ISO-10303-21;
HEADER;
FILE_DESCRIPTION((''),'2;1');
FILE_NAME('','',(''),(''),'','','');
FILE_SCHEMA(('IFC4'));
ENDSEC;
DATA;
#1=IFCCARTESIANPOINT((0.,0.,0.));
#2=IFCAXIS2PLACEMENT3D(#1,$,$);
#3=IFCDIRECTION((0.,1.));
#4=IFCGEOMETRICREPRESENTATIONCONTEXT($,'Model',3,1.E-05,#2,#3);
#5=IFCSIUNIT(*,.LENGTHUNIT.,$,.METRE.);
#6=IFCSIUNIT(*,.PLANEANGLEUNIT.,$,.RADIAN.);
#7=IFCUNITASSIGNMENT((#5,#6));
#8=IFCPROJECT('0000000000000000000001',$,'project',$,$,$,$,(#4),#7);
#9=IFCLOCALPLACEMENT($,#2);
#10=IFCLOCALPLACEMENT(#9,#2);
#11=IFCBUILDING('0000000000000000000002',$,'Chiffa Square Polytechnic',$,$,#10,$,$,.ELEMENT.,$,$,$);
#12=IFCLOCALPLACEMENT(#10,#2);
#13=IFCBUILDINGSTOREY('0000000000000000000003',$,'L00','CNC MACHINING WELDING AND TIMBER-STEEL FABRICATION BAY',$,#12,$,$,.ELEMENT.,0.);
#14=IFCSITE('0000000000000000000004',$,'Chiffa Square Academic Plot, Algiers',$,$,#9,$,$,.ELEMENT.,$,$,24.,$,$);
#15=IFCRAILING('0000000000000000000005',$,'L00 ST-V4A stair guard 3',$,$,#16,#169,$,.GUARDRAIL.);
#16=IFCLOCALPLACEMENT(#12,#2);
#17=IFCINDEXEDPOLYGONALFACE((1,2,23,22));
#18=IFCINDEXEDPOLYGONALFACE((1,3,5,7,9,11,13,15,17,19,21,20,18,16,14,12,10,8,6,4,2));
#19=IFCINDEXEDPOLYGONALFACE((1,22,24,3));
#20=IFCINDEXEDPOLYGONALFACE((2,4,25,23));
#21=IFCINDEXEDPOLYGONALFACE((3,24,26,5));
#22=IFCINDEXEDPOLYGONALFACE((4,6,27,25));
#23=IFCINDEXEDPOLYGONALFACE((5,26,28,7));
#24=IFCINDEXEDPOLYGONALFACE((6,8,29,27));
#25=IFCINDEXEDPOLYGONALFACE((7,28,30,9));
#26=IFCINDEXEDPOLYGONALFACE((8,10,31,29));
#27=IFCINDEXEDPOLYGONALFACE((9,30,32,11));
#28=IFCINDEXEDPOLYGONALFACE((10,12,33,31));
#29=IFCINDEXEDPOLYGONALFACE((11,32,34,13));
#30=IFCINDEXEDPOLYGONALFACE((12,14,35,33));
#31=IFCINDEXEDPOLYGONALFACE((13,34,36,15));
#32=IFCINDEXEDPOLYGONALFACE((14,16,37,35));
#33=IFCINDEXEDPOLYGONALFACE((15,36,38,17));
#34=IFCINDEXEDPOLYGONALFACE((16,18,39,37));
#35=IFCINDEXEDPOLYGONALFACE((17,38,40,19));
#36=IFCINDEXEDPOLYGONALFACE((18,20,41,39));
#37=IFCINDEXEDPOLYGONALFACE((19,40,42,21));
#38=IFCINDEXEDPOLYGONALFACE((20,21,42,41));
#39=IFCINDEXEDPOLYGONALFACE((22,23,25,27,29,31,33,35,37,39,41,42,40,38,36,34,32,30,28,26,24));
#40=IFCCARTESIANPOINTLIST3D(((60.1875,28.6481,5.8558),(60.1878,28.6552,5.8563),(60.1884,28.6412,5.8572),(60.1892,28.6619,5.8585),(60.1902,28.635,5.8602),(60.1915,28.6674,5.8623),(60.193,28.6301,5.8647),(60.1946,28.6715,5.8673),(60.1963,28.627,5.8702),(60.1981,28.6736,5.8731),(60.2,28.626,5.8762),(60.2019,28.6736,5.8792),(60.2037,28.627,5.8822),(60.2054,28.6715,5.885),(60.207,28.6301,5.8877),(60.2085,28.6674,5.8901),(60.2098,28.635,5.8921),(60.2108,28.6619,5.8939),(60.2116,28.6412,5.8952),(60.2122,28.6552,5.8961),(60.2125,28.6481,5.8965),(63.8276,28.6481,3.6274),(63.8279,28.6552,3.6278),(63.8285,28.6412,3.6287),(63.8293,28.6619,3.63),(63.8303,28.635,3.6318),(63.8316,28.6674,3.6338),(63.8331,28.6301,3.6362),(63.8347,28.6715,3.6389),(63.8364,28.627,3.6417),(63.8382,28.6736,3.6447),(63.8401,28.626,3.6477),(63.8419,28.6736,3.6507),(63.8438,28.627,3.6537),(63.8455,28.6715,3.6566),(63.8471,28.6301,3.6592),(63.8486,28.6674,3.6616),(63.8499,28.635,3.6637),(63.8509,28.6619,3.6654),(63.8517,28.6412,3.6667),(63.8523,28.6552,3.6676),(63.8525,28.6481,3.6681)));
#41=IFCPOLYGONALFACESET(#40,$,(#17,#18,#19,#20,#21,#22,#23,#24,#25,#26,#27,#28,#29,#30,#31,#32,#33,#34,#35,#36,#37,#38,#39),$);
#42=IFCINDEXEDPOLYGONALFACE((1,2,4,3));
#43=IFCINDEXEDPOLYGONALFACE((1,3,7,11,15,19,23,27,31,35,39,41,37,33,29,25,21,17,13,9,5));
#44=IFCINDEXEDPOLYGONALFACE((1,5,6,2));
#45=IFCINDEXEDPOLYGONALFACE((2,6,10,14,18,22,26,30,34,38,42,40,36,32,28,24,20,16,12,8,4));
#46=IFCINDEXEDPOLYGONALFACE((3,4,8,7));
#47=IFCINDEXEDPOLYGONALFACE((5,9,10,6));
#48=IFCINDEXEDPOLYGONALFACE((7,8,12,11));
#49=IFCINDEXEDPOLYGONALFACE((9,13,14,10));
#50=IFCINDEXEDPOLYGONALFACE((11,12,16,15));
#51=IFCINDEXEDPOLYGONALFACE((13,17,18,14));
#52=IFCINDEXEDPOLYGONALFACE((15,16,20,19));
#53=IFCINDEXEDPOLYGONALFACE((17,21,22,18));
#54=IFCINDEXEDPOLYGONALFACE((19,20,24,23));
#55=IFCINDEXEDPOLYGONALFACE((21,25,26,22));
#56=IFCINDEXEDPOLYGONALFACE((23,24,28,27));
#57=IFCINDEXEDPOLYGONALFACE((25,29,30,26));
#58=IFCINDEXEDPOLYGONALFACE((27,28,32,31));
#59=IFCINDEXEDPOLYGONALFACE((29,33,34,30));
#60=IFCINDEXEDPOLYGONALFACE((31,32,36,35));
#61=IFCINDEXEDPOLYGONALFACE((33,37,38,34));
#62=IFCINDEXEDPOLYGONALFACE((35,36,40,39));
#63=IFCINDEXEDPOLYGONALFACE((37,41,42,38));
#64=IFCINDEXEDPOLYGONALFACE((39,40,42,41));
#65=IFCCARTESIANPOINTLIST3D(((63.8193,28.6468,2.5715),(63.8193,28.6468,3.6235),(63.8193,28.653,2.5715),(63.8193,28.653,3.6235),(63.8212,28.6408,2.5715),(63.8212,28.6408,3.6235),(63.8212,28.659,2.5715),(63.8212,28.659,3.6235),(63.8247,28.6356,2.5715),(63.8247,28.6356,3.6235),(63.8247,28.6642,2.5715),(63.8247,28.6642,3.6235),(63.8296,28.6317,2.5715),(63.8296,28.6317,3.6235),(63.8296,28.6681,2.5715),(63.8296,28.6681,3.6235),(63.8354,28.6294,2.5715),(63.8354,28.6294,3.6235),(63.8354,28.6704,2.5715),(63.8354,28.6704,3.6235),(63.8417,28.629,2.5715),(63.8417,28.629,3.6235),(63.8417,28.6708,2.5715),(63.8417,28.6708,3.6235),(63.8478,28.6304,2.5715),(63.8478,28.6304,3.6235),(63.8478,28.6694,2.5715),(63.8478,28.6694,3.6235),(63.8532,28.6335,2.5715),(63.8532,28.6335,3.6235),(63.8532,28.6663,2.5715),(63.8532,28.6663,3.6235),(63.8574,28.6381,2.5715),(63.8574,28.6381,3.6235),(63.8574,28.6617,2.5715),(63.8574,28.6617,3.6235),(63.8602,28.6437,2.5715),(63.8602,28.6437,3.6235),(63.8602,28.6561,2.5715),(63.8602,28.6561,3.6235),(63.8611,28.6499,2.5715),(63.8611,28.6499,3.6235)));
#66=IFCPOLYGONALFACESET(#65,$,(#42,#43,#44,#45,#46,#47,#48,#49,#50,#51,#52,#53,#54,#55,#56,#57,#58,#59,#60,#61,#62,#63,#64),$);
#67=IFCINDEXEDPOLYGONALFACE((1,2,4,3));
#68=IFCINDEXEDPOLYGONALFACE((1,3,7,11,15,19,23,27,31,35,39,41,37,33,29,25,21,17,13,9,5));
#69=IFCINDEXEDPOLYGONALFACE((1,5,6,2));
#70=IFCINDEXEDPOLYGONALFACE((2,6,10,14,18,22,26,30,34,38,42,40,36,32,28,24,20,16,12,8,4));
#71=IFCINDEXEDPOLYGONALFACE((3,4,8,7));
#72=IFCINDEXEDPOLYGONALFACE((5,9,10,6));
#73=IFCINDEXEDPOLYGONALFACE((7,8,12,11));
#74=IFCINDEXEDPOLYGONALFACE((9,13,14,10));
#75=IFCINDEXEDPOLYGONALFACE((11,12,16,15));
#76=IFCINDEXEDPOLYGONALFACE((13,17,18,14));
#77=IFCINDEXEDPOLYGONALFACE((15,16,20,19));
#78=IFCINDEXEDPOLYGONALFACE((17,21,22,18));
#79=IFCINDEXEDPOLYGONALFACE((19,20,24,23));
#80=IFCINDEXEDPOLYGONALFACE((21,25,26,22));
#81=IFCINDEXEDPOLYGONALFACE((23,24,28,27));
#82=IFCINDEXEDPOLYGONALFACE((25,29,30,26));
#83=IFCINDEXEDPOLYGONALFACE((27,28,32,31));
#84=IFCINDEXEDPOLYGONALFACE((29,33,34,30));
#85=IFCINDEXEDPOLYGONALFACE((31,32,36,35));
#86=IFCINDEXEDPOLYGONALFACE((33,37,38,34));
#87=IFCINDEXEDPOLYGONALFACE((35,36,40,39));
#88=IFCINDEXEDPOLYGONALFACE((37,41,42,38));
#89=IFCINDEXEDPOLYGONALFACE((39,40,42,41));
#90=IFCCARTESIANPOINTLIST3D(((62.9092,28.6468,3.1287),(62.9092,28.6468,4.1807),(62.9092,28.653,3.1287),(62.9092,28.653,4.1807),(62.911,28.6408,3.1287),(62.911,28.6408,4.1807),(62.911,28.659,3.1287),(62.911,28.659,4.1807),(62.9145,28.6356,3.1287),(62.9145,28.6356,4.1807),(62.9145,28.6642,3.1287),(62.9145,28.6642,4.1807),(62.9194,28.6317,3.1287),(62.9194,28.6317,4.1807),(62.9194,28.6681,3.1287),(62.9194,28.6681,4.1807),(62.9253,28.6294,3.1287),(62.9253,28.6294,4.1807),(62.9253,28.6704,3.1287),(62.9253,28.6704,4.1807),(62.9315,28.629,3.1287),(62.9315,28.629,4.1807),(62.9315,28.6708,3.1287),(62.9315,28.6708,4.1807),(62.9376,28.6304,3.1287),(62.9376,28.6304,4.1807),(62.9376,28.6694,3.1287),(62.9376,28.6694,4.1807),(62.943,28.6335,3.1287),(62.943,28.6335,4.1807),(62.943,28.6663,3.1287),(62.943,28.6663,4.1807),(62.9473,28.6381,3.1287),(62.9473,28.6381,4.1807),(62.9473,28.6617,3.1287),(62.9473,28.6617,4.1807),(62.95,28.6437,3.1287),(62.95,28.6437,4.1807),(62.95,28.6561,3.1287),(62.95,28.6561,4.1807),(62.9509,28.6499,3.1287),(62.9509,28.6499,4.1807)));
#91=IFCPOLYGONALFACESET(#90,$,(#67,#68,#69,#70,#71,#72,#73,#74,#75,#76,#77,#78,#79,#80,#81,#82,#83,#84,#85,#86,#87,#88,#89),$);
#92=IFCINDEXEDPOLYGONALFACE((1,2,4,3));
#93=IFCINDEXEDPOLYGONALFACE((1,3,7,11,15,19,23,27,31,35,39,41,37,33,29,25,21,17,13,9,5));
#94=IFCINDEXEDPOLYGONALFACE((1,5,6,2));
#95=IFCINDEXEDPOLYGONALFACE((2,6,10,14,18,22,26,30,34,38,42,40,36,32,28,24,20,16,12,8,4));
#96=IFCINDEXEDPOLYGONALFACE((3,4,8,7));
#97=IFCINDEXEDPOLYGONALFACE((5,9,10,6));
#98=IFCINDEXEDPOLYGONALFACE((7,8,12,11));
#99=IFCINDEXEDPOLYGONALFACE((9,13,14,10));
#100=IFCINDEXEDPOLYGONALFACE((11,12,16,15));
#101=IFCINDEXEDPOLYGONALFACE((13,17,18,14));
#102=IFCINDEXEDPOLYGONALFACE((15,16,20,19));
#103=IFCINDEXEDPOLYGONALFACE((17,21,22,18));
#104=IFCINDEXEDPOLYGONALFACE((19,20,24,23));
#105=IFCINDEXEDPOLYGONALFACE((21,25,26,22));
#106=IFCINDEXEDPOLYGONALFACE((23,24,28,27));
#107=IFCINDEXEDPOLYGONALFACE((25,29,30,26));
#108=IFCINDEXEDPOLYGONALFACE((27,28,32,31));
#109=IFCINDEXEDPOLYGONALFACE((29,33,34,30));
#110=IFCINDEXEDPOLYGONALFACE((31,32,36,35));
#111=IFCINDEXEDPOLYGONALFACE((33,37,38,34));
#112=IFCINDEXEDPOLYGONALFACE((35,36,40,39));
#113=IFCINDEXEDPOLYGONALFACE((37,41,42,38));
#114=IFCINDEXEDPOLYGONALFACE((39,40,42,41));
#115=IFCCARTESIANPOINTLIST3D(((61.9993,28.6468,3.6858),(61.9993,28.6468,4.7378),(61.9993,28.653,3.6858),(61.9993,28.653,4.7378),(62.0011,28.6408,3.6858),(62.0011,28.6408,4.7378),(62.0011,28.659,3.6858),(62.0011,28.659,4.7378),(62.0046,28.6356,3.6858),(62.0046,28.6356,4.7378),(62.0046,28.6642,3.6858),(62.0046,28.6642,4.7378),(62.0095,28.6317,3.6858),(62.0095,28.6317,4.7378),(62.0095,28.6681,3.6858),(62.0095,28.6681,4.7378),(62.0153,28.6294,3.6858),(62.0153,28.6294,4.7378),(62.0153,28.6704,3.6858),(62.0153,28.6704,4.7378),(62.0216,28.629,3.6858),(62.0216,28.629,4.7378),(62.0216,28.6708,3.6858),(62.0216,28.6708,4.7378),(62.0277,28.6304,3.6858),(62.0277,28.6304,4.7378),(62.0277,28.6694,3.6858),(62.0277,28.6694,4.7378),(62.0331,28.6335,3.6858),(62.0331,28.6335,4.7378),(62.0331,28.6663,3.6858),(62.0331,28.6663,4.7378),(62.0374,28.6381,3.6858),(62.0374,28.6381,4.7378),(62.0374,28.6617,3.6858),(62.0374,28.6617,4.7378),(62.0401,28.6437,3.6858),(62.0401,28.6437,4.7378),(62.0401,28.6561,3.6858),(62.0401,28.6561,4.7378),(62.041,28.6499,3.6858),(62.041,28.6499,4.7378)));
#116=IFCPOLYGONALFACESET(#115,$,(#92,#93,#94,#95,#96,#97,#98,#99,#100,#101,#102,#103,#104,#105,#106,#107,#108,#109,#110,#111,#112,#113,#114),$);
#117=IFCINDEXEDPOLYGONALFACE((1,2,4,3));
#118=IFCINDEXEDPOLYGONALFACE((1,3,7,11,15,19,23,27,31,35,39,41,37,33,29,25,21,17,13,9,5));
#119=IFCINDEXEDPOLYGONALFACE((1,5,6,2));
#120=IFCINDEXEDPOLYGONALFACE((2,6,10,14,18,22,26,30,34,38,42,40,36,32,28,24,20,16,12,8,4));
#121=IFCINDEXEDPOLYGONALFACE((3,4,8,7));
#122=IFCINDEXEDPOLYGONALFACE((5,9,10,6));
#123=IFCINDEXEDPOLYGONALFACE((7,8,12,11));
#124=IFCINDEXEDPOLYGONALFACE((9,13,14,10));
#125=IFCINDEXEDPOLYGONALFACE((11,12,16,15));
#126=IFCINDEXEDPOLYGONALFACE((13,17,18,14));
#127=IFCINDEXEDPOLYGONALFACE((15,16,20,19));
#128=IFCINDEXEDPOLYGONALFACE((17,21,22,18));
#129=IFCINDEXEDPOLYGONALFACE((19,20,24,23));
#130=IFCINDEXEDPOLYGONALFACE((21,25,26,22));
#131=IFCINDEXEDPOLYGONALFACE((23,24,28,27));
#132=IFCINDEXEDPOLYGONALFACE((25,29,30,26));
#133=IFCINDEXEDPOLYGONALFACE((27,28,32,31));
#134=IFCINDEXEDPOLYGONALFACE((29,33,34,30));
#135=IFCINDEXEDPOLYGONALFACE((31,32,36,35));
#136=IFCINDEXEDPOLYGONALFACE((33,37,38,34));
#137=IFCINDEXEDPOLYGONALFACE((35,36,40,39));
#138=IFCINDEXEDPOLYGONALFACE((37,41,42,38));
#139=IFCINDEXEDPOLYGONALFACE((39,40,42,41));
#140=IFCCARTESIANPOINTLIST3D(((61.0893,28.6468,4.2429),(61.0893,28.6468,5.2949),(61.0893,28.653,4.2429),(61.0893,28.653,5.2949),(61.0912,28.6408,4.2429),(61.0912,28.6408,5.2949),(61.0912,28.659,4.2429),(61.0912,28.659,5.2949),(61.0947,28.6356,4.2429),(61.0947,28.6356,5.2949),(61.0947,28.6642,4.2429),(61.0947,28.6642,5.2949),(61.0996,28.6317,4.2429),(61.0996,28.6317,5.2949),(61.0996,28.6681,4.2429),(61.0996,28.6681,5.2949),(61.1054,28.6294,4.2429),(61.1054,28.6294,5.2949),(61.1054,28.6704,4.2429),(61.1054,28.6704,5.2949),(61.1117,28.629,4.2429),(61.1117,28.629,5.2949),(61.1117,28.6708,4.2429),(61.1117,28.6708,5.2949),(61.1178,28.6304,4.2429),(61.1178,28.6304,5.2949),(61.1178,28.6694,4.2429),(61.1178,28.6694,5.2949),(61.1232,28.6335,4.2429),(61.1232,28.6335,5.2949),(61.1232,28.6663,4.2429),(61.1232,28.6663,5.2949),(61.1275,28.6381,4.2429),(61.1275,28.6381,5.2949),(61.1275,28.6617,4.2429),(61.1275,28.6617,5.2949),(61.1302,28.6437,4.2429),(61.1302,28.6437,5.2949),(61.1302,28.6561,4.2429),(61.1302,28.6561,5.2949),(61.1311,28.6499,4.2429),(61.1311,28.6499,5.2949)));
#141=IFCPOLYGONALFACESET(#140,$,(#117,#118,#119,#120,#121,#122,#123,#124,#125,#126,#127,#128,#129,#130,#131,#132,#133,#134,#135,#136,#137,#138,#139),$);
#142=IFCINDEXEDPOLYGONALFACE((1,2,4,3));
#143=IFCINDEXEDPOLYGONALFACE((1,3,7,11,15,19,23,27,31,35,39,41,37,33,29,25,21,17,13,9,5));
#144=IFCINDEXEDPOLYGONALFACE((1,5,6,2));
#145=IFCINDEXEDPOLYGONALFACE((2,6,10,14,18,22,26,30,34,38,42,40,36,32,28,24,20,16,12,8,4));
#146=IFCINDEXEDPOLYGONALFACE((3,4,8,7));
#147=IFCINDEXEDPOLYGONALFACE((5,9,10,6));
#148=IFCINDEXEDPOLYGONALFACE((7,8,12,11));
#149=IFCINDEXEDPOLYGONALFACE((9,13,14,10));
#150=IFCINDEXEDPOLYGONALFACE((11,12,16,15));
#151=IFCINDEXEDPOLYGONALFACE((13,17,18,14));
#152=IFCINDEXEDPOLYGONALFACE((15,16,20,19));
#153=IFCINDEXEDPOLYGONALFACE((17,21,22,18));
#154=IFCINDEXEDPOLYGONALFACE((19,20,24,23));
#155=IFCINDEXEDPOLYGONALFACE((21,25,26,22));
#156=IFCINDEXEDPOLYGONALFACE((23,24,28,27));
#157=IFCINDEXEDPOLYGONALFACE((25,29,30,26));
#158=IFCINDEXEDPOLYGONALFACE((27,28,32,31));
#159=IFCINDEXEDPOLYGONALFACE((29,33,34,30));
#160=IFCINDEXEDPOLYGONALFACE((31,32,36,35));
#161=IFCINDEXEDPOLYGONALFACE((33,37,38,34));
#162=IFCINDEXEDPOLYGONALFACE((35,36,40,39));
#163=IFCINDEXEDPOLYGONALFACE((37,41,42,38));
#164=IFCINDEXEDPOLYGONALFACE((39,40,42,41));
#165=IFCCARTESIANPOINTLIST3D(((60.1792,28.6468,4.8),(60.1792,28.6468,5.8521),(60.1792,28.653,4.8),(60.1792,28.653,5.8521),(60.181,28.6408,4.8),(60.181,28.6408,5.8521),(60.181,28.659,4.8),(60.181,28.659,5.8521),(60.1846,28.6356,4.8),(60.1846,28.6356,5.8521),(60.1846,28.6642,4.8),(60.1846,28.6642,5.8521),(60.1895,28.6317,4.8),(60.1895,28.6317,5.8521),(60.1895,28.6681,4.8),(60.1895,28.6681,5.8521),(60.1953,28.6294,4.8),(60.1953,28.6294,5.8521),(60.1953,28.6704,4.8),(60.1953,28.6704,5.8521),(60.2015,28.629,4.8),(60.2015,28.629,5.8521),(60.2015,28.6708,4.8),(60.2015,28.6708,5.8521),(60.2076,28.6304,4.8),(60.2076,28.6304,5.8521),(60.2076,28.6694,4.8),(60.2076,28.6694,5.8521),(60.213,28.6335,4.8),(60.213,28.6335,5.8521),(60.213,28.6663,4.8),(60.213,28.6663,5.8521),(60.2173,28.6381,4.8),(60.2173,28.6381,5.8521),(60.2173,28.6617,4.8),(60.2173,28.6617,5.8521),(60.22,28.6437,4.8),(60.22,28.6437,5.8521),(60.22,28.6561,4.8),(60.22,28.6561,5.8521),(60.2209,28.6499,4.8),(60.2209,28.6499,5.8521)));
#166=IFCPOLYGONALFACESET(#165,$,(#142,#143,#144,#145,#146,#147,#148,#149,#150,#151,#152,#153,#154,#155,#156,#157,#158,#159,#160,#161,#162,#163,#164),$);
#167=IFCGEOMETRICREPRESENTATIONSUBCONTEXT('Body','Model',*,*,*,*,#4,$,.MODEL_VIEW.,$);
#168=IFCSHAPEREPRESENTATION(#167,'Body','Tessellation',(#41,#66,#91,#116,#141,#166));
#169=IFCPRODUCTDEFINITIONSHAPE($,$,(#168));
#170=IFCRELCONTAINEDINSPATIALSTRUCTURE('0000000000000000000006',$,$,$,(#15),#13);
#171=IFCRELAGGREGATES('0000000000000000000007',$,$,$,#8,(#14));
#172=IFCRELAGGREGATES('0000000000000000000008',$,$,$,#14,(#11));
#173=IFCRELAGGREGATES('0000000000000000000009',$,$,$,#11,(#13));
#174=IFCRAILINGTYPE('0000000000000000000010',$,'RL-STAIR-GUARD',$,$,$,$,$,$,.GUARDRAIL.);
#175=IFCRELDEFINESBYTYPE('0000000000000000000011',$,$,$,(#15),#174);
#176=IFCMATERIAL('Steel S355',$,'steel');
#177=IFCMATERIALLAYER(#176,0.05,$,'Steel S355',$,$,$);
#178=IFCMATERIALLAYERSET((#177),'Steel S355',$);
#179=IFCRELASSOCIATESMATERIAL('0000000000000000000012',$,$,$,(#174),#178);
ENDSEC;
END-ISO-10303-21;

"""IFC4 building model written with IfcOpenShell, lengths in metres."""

from ifc_helpers import new_model, si_unit, direction, frame, origin, origin_2d, place, context, subcontext, project, spatial, circle, extrude, material, layer, layer_set, type_object, element, save


model = new_model("IFC4")

# Units and contexts
model_context = context("Model", 3, precision=1e-05, world=origin(), true_north=direction((0.0, 1.0)))
body_context = subcontext(model_context, "Body", "Model", "MODEL_VIEW")
ifc_project = project(units=[si_unit("LENGTHUNIT", "METRE"), si_unit("PLANEANGLEUNIT", "RADIAN")], contexts=[model_context])

# Site, building, storey
site_placement = place(None, origin())
site = spatial("IfcSite", under=ifc_project, at=site_placement, Name="Chiffa Square Academic Plot, Algiers", CompositionType="ELEMENT", RefElevation=24.0)
building_placement = place(site_placement, origin())
building = spatial("IfcBuilding", under=site, at=building_placement, Name="Chiffa Square Polytechnic", CompositionType="ELEMENT")
storey_placement = place(building_placement, origin())
storey = spatial("IfcBuildingStorey", under=building, at=storey_placement, Name="L00", Description="CNC MACHINING WELDING AND TIMBER-STEEL FABRICATION BAY", CompositionType="ELEMENT", Elevation=0.0)

# Railing
ifc_material_1 = material(Name="Steel S355", Category="steel")
ifc_layer_1 = layer(ifc_material_1, 0.05, Name="Steel S355")
ifc_layer_set_1 = layer_set([ifc_layer_1], Name="Steel S355")
railing_type_1 = type_object("IfcRailingType", Name="RL-STAIR-GUARD", PredefinedType="GUARDRAIL", material=ifc_layer_set_1)
railing_1_placement = place(storey_placement, frame((63.8401, 28.6499, 2.5715)))
element("IfcRailing", 1, at=railing_1_placement, inside=storey, type_object=railing_type_1, Name="L00 ST-V4A stair guard 3", PredefinedType="GUARDRAIL", context=body_context, shape_type="SweptSolid", body=[
    extrude(circle(Radius=0.0239, at=origin_2d()), frame((0.0, 0.0, 1.0762), z_axis=(-0.852866, 0.0, 0.52213), x_axis=(0.0, -1.0, 0.0)), (0.0, 0.0, 1.0), 4.2681),
    extrude(circle(Radius=0.021, at=origin_2d()), origin(), (0.0, 0.0, 1.0), 1.052),
    extrude(circle(Radius=0.021, at=origin_2d()), frame((-0.9102, 0.0, 0.5571)), (0.0, 0.0, 1.0), 1.052),
    extrude(circle(Radius=0.021, at=origin_2d()), frame((-1.8201, 0.0, 1.1143)), (0.0, 0.0, 1.0), 1.052),
    extrude(circle(Radius=0.021, at=origin_2d()), frame((-2.73, 0.0, 1.6714)), (0.0, 0.0, 1.0), 1.052),
    extrude(circle(Radius=0.021, at=origin_2d()), frame((-3.6401, 0.0, 2.2285)), (0.0, 0.0, 1.0), 1.052),
])

save(model, "model.ifc")
